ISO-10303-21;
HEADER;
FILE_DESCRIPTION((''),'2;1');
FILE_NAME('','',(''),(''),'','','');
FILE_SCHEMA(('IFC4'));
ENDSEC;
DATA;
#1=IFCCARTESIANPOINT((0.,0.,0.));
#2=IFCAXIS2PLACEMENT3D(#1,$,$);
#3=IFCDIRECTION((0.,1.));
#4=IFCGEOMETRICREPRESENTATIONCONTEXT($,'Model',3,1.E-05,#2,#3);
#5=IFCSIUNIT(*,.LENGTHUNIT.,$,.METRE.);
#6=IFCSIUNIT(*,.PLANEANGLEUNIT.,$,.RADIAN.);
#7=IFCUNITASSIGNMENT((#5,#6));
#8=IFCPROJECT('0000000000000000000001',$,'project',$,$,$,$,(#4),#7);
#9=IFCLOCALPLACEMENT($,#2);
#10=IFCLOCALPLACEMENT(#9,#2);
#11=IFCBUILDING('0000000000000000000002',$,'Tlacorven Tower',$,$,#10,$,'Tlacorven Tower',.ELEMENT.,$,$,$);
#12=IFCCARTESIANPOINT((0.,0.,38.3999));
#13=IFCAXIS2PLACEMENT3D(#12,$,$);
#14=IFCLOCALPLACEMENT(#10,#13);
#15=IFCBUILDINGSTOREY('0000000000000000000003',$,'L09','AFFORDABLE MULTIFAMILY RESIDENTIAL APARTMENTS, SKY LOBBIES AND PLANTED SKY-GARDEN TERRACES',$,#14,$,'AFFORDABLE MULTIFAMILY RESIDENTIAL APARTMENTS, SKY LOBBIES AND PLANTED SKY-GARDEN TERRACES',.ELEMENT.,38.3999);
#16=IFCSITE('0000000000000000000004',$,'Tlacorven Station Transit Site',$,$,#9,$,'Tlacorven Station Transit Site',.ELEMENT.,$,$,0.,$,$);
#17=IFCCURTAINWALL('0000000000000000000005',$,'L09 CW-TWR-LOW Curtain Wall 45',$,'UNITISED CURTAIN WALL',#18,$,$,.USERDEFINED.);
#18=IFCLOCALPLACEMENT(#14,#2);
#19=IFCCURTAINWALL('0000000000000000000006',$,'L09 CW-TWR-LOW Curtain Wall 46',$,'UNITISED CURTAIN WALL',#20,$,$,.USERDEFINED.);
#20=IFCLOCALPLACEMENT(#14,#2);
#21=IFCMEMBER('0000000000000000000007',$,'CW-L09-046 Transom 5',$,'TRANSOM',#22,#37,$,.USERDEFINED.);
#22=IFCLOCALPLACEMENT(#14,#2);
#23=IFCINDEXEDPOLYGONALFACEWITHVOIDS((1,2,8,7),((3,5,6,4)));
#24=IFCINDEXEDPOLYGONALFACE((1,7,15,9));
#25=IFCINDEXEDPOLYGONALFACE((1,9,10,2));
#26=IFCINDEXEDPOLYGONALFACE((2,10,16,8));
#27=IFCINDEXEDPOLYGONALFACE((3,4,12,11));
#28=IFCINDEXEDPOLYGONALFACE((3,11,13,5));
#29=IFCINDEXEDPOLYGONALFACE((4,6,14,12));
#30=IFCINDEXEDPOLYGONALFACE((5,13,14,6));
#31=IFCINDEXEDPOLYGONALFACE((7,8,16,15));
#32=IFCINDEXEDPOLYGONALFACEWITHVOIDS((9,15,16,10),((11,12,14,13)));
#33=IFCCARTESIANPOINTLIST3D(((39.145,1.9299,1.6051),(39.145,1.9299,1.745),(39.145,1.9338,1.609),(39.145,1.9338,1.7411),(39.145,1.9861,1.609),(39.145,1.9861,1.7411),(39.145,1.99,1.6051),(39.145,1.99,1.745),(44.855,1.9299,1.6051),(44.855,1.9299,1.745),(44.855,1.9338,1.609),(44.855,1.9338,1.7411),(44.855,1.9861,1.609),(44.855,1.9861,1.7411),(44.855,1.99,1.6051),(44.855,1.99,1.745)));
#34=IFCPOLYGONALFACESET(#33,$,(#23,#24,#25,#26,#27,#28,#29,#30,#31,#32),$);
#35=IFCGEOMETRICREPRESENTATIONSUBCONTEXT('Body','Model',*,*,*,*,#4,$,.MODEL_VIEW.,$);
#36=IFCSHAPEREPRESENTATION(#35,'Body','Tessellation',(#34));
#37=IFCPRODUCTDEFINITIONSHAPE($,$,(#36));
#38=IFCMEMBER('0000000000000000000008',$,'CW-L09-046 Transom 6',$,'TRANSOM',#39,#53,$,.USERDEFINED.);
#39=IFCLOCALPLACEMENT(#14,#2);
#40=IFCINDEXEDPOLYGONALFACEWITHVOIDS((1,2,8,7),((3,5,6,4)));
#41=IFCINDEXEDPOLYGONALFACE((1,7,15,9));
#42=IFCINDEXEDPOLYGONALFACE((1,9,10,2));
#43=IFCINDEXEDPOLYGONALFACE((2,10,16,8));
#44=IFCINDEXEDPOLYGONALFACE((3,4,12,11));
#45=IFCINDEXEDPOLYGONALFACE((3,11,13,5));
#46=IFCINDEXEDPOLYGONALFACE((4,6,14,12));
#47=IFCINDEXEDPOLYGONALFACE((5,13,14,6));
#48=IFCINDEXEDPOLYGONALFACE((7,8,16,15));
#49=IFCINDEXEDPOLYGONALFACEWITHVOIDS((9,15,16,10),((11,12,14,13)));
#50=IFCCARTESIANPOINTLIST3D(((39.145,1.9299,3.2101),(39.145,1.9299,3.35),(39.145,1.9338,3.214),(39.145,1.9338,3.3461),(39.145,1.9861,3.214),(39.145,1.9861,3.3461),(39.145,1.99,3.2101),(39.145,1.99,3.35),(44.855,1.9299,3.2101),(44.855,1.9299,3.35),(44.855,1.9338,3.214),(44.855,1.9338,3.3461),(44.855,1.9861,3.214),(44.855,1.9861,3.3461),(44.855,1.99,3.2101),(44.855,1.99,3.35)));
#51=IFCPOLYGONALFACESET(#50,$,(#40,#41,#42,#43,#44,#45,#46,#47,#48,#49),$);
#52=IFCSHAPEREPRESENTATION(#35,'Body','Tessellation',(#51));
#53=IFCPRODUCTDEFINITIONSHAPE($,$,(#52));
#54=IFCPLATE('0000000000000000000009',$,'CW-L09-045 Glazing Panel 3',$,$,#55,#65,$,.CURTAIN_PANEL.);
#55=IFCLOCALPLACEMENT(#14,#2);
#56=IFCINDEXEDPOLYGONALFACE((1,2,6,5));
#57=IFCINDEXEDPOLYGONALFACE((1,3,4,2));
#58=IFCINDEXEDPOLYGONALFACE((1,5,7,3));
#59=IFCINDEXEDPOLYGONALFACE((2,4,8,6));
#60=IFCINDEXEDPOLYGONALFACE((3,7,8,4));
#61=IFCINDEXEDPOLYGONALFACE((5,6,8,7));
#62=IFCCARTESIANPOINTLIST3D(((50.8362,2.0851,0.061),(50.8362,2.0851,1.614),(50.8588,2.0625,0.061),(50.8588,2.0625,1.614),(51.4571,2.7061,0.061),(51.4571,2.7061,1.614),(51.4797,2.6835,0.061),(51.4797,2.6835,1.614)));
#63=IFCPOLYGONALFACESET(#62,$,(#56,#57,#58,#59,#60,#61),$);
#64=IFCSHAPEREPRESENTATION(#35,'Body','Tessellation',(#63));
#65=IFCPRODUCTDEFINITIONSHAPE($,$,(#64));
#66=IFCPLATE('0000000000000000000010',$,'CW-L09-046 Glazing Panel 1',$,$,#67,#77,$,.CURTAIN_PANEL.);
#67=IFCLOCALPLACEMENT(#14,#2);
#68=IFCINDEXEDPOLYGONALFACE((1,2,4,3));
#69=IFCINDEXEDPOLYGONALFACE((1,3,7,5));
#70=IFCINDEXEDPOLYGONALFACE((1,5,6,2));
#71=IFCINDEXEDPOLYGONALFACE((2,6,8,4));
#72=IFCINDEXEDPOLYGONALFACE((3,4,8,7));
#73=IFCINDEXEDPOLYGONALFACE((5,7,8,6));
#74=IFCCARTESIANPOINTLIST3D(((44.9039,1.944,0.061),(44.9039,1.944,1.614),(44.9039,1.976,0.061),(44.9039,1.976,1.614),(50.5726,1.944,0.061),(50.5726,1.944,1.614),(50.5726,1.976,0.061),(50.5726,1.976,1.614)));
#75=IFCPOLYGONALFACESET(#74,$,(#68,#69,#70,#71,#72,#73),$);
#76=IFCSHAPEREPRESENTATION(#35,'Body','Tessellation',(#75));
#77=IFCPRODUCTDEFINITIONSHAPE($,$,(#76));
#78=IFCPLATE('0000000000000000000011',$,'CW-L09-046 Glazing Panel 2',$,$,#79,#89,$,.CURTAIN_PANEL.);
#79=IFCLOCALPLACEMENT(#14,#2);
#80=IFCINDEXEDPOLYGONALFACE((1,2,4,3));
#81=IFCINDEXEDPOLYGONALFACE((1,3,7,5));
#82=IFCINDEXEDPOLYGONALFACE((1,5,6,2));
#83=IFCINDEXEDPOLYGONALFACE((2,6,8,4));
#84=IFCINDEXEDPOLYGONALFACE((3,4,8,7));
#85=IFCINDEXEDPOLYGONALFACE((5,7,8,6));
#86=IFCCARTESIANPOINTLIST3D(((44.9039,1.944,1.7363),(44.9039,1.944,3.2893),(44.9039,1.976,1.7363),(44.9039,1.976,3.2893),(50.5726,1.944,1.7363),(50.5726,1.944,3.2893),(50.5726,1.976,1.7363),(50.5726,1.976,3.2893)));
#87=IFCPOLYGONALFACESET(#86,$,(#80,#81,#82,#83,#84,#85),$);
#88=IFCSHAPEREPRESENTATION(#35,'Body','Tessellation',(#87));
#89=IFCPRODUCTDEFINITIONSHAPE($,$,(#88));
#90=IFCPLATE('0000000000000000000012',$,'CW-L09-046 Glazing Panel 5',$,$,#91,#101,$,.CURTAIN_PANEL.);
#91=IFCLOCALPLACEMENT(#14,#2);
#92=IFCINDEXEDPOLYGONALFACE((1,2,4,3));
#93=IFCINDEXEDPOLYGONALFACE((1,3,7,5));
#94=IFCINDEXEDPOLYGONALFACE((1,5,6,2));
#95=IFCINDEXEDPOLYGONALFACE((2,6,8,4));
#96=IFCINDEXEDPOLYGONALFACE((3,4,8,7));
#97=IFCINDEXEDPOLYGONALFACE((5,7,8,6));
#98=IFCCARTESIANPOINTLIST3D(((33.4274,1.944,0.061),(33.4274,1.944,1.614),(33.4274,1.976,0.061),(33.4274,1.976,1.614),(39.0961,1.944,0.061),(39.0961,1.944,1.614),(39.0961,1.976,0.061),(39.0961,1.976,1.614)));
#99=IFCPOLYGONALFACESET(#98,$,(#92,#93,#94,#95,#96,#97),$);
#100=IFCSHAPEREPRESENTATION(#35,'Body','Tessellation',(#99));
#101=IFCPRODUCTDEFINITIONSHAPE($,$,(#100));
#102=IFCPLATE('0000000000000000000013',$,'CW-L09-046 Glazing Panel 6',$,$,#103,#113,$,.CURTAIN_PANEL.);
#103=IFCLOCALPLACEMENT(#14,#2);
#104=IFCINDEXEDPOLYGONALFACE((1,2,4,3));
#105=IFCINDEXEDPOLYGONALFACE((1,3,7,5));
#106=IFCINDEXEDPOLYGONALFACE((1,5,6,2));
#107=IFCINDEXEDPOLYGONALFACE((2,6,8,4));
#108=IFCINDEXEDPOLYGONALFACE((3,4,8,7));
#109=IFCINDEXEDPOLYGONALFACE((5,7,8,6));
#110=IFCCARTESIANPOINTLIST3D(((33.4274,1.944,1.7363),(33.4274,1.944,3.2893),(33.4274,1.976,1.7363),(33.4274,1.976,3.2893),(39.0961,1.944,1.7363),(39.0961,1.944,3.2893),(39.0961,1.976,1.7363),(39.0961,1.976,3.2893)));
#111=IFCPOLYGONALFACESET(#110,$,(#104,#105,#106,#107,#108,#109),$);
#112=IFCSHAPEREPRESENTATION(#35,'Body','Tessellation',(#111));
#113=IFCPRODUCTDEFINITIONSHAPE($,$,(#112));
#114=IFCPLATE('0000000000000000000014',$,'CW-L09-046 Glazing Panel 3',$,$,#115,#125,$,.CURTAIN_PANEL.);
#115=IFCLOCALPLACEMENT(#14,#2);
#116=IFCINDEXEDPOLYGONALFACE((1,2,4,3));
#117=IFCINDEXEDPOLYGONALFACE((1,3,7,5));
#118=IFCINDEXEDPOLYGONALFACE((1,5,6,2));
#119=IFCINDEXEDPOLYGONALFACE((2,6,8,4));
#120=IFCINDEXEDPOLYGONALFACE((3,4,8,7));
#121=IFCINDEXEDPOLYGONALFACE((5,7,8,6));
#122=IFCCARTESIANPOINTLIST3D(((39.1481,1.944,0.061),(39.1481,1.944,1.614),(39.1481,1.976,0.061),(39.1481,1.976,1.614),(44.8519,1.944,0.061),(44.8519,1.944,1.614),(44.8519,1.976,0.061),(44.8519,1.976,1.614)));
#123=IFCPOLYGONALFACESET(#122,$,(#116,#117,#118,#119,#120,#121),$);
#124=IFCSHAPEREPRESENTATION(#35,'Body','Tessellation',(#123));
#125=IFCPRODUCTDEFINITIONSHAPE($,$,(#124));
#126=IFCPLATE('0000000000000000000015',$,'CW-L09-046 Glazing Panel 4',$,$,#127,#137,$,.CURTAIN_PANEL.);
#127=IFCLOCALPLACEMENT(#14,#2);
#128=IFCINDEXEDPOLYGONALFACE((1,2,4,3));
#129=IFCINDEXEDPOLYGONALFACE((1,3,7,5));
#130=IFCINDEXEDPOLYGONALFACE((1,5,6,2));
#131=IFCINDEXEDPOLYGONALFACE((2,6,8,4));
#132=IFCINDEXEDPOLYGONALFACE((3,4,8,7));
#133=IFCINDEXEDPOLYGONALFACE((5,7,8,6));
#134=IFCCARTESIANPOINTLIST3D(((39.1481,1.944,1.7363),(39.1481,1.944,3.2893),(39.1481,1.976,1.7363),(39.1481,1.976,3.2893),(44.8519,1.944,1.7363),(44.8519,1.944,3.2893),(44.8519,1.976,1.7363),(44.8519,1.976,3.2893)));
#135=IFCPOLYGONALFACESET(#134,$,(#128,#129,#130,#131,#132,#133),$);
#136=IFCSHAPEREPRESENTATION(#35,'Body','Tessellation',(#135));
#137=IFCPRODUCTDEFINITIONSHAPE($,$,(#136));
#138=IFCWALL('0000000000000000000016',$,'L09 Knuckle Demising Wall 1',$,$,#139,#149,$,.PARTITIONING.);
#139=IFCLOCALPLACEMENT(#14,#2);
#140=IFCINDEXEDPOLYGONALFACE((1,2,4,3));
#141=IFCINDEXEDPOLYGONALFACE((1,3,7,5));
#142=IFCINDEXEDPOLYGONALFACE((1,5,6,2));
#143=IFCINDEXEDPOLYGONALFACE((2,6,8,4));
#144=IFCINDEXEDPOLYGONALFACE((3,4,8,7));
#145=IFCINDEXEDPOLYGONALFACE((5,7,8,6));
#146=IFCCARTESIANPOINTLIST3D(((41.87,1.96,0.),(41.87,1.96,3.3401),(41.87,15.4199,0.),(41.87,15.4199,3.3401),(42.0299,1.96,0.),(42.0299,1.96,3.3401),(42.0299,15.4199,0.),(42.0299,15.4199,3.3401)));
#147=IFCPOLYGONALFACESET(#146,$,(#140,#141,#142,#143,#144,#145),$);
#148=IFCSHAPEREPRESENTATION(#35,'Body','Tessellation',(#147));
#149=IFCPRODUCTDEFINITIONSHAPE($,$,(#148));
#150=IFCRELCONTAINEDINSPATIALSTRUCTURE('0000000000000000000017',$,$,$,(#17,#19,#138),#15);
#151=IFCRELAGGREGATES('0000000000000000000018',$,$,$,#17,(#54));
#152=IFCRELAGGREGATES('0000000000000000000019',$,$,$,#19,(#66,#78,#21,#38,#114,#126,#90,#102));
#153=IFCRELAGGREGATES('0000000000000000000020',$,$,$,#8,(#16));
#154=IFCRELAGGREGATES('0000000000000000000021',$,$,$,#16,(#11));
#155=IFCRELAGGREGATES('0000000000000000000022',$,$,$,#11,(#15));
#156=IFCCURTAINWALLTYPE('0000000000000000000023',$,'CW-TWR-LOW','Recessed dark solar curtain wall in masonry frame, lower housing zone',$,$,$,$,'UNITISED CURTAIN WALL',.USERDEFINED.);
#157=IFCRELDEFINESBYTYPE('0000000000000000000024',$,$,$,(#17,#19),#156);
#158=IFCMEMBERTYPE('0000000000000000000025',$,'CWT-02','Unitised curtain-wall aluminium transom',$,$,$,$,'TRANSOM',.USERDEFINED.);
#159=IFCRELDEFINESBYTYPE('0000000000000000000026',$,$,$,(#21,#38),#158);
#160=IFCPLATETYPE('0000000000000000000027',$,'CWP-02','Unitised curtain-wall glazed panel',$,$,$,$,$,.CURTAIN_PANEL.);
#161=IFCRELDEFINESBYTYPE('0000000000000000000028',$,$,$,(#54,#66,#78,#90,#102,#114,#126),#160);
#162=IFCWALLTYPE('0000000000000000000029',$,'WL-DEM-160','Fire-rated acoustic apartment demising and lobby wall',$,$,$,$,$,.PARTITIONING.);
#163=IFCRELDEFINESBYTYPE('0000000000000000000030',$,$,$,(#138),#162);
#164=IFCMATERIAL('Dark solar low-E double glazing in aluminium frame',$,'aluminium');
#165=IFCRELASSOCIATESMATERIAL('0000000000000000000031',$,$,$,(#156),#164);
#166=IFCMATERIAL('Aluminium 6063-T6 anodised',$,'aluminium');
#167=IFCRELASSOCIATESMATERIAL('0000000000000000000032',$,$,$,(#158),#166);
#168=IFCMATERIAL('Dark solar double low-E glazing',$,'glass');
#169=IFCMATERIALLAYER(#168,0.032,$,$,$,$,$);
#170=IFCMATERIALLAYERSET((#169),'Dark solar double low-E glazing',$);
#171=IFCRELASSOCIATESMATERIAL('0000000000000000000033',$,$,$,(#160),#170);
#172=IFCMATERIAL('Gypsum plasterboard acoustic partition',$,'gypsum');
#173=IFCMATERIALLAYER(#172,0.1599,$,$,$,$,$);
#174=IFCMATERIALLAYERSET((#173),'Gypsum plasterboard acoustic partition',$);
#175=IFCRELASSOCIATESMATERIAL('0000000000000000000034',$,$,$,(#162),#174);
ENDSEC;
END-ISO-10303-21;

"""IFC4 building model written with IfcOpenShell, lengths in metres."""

from ifc_helpers import new_model, si_unit, direction, frame, frame_2d, origin, origin_2d, place, context, subcontext, project, spatial, rectangle, hollow_rectangle, extrude, source, transform, mapped, material, layer, layer_set, material_profile, profile_set, type_object, element, aggregate, save


model = new_model("IFC4")

# Units and contexts
model_context = context("Model", 3, precision=1e-05, world=origin(), true_north=direction((0.0, 1.0)))
body_context = subcontext(model_context, "Body", "Model", "MODEL_VIEW")
ifc_project = project(units=[si_unit("LENGTHUNIT", "METRE"), si_unit("PLANEANGLEUNIT", "RADIAN")], contexts=[model_context])

# Site, building, storey
site_placement = place(None, origin())
site = spatial("IfcSite", under=ifc_project, at=site_placement, Name="Tlacorven Station Transit Site", LongName="Tlacorven Station Transit Site", CompositionType="ELEMENT", RefElevation=0.0)
building_placement = place(site_placement, origin())
building = spatial("IfcBuilding", under=site, at=building_placement, Name="Tlacorven Tower", LongName="Tlacorven Tower", CompositionType="ELEMENT")
storey_placement = place(building_placement, frame((0.0, 0.0, 38.3999)))
storey = spatial("IfcBuildingStorey", under=building, at=storey_placement, Name="L09", Description="AFFORDABLE MULTIFAMILY RESIDENTIAL APARTMENTS, SKY LOBBIES AND PLANTED SKY-GARDEN TERRACES", LongName="AFFORDABLE MULTIFAMILY RESIDENTIAL APARTMENTS, SKY LOBBIES AND PLANTED SKY-GARDEN TERRACES", CompositionType="ELEMENT", Elevation=38.3999)

# Curtain wall
ifc_material_1 = material(Name="Dark solar low-E double glazing in aluminium frame", Category="aluminium")
curtain_wall_type = type_object("IfcCurtainWallType", Name="CW-TWR-LOW", Description="Recessed dark solar curtain wall in masonry frame, lower housing zone", ElementType="UNITISED CURTAIN WALL", PredefinedType="USERDEFINED", material=ifc_material_1)
curtain_wall_1_placement = place(storey_placement, origin())
curtain_wall_1 = element("IfcCurtainWall", 1, at=curtain_wall_1_placement, inside=storey, type_object=curtain_wall_type, Name="L09 CW-TWR-LOW Curtain Wall 45", ObjectType="UNITISED CURTAIN WALL", PredefinedType="USERDEFINED")
ifc_material_2 = material(Name="Aluminium 6063-T6 anodised", Category="aluminium")

# Curtain wall, members
curtain_wall_2_placement = place(storey_placement, origin())
curtain_wall_2 = element("IfcCurtainWall", 2, at=curtain_wall_2_placement, inside=storey, type_object=curtain_wall_type, Name="L09 CW-TWR-LOW Curtain Wall 46", ObjectType="UNITISED CURTAIN WALL", PredefinedType="USERDEFINED")
ifc_material_profile_1 = material_profile(ifc_material_2, hollow_rectangle(XDim=0.0601, YDim=0.1399, WallThickness=0.0039, at=origin_2d()), Name="ALU TRANSOM 60X140")
ifc_profile_set_1 = profile_set([ifc_material_profile_1], Name="Aluminium 6063-T6 anodised")
member_type_1 = type_object("IfcMemberType", Name="CWT-02", Description="Unitised curtain-wall aluminium transom", ElementType="TRANSOM", PredefinedType="USERDEFINED", material=ifc_profile_set_1)
shared_shape_1 = source(origin(), body_context, "Body", "SweptSolid", [
    extrude(hollow_rectangle(XDim=0.0601, YDim=0.1399, WallThickness=0.0039, at=origin_2d()), origin(), (0.0, 0.0, 1.0), 5.71),
])
member_1_placement = place(storey_placement, frame((44.855, 1.96, 1.675), z_axis=(-1.0, 0.0, 0.0), x_axis=(0.0, -1.0, 0.0)))
member_1 = element("IfcMember", 3, at=member_1_placement, type_object=member_type_1, Name="CW-L09-046 Transom 5", ObjectType="TRANSOM", PredefinedType="USERDEFINED", context=body_context, shape_type="MappedRepresentation", body=[
    mapped(shared_shape_1, transform((0.0, 0.0, 0.0), scale=1.0)),
])
member_2_placement = place(storey_placement, frame((44.855, 1.96, 3.28), z_axis=(-1.0, 0.0, 0.0), x_axis=(0.0, -1.0, 0.0)))
member_2 = element("IfcMember", 4, at=member_2_placement, type_object=member_type_1, Name="CW-L09-046 Transom 6", ObjectType="TRANSOM", PredefinedType="USERDEFINED", context=body_context, shape_type="MappedRepresentation", body=[
    mapped(shared_shape_1, transform((0.0, 0.0, 0.0), scale=1.0)),
])

# Plates
ifc_material_3 = material(Name="Dark solar double low-E glazing", Category="glass")
ifc_layer_1 = layer(ifc_material_3, 0.032)
ifc_layer_set_1 = layer_set([ifc_layer_1], Name="Dark solar double low-E glazing")
plate_type = type_object("IfcPlateType", Name="CWP-02", Description="Unitised curtain-wall glazed panel", PredefinedType="CURTAIN_PANEL", material=ifc_layer_set_1)
shared_shape_2 = source(origin(), body_context, "Body", "SweptSolid", [
    extrude(rectangle(XDim=0.8782, YDim=0.032, at=origin_2d()), origin(), (0.0, 0.0, 1.0), 1.553),
])
plate_1_placement = place(storey_placement, frame((51.158, 2.3843, 0.061), z_axis=(0.0, 0.0, 1.0), x_axis=(-0.707107, -0.707107, 0.0)))
plate_1 = element("IfcPlate", 5, at=plate_1_placement, type_object=plate_type, Name="CW-L09-045 Glazing Panel 3", PredefinedType="CURTAIN_PANEL", context=body_context, shape_type="MappedRepresentation", body=[
    mapped(shared_shape_2, transform((0.0, 0.0, 0.0), scale=1.0)),
])
aggregate(curtain_wall_1, [plate_1])
shared_shape_3 = source(origin(), body_context, "Body", "SweptSolid", [
    extrude(rectangle(XDim=5.6687, YDim=0.032, at=origin_2d()), origin(), (0.0, 0.0, 1.0), 1.553),
])
plate_2_placement = place(storey_placement, frame((47.7383, 1.96, 0.061), z_axis=(0.0, 0.0, 1.0), x_axis=(-1.0, 0.0, 0.0)))
plate_2 = element("IfcPlate", 6, at=plate_2_placement, type_object=plate_type, Name="CW-L09-046 Glazing Panel 1", PredefinedType="CURTAIN_PANEL", context=body_context, shape_type="MappedRepresentation", body=[
    mapped(shared_shape_3, transform((0.0, 0.0, 0.0), scale=1.0)),
])
plate_3_placement = place(storey_placement, frame((47.7383, 1.96, 1.7363), z_axis=(0.0, 0.0, 1.0), x_axis=(-1.0, 0.0, 0.0)))
plate_3 = element("IfcPlate", 7, at=plate_3_placement, type_object=plate_type, Name="CW-L09-046 Glazing Panel 2", PredefinedType="CURTAIN_PANEL", context=body_context, shape_type="MappedRepresentation", body=[
    mapped(shared_shape_3, transform((0.0, 0.0, 0.0), scale=1.0)),
])
plate_4_placement = place(storey_placement, frame((36.2617, 1.96, 0.061), z_axis=(0.0, 0.0, 1.0), x_axis=(-1.0, 0.0, 0.0)))
plate_4 = element("IfcPlate", 8, at=plate_4_placement, type_object=plate_type, Name="CW-L09-046 Glazing Panel 5", PredefinedType="CURTAIN_PANEL", context=body_context, shape_type="MappedRepresentation", body=[
    mapped(shared_shape_3, transform((0.0, 0.0, 0.0), scale=1.0)),
])
plate_5_placement = place(storey_placement, frame((36.2617, 1.96, 1.7363), z_axis=(0.0, 0.0, 1.0), x_axis=(-1.0, 0.0, 0.0)))
plate_5 = element("IfcPlate", 9, at=plate_5_placement, type_object=plate_type, Name="CW-L09-046 Glazing Panel 6", PredefinedType="CURTAIN_PANEL", context=body_context, shape_type="MappedRepresentation", body=[
    mapped(shared_shape_3, transform((0.0, 0.0, 0.0), scale=1.0)),
])
shared_shape_4 = source(origin(), body_context, "Body", "SweptSolid", [
    extrude(rectangle(XDim=5.7039, YDim=0.032, at=origin_2d()), origin(), (0.0, 0.0, 1.0), 1.553),
])
plate_6_placement = place(storey_placement, frame((42.0, 1.96, 0.061), z_axis=(0.0, 0.0, 1.0), x_axis=(-1.0, 0.0, 0.0)))
plate_6 = element("IfcPlate", 10, at=plate_6_placement, type_object=plate_type, Name="CW-L09-046 Glazing Panel 3", PredefinedType="CURTAIN_PANEL", context=body_context, shape_type="MappedRepresentation", body=[
    mapped(shared_shape_4, transform((0.0, 0.0, 0.0), scale=1.0)),
])
plate_7_placement = place(storey_placement, frame((42.0, 1.96, 1.7363), z_axis=(0.0, 0.0, 1.0), x_axis=(-1.0, 0.0, 0.0)))
plate_7 = element("IfcPlate", 11, at=plate_7_placement, type_object=plate_type, Name="CW-L09-046 Glazing Panel 4", PredefinedType="CURTAIN_PANEL", context=body_context, shape_type="MappedRepresentation", body=[
    mapped(shared_shape_4, transform((0.0, 0.0, 0.0), scale=1.0)),
])
aggregate(curtain_wall_2, [plate_2, plate_3, member_1, member_2, plate_6, plate_7, plate_4, plate_5])

# Wall
ifc_material_4 = material(Name="Gypsum plasterboard acoustic partition", Category="gypsum")
ifc_layer_2 = layer(ifc_material_4, 0.1599)
ifc_layer_set_2 = layer_set([ifc_layer_2], Name="Gypsum plasterboard acoustic partition")
wall_type_1 = type_object("IfcWallType", Name="WL-DEM-160", Description="Fire-rated acoustic apartment demising and lobby wall", PredefinedType="PARTITIONING", material=ifc_layer_set_2)
wall_1_placement = place(storey_placement, frame((41.95, 1.96, 0.0), z_axis=(0.0, 0.0, 1.0), x_axis=(0.0, 1.0, 0.0)))
element("IfcWall", 12, at=wall_1_placement, inside=storey, type_object=wall_type_1, Name="L09 Knuckle Demising Wall 1", PredefinedType="PARTITIONING", context=body_context, shape_type="SweptSolid", body=[
    extrude(rectangle(XDim=13.46, YDim=0.1599, at=frame_2d((6.73, 0.0))), origin(), (0.0, 0.0, 1.0), 3.3401),
])

save(model, "model.ifc")
